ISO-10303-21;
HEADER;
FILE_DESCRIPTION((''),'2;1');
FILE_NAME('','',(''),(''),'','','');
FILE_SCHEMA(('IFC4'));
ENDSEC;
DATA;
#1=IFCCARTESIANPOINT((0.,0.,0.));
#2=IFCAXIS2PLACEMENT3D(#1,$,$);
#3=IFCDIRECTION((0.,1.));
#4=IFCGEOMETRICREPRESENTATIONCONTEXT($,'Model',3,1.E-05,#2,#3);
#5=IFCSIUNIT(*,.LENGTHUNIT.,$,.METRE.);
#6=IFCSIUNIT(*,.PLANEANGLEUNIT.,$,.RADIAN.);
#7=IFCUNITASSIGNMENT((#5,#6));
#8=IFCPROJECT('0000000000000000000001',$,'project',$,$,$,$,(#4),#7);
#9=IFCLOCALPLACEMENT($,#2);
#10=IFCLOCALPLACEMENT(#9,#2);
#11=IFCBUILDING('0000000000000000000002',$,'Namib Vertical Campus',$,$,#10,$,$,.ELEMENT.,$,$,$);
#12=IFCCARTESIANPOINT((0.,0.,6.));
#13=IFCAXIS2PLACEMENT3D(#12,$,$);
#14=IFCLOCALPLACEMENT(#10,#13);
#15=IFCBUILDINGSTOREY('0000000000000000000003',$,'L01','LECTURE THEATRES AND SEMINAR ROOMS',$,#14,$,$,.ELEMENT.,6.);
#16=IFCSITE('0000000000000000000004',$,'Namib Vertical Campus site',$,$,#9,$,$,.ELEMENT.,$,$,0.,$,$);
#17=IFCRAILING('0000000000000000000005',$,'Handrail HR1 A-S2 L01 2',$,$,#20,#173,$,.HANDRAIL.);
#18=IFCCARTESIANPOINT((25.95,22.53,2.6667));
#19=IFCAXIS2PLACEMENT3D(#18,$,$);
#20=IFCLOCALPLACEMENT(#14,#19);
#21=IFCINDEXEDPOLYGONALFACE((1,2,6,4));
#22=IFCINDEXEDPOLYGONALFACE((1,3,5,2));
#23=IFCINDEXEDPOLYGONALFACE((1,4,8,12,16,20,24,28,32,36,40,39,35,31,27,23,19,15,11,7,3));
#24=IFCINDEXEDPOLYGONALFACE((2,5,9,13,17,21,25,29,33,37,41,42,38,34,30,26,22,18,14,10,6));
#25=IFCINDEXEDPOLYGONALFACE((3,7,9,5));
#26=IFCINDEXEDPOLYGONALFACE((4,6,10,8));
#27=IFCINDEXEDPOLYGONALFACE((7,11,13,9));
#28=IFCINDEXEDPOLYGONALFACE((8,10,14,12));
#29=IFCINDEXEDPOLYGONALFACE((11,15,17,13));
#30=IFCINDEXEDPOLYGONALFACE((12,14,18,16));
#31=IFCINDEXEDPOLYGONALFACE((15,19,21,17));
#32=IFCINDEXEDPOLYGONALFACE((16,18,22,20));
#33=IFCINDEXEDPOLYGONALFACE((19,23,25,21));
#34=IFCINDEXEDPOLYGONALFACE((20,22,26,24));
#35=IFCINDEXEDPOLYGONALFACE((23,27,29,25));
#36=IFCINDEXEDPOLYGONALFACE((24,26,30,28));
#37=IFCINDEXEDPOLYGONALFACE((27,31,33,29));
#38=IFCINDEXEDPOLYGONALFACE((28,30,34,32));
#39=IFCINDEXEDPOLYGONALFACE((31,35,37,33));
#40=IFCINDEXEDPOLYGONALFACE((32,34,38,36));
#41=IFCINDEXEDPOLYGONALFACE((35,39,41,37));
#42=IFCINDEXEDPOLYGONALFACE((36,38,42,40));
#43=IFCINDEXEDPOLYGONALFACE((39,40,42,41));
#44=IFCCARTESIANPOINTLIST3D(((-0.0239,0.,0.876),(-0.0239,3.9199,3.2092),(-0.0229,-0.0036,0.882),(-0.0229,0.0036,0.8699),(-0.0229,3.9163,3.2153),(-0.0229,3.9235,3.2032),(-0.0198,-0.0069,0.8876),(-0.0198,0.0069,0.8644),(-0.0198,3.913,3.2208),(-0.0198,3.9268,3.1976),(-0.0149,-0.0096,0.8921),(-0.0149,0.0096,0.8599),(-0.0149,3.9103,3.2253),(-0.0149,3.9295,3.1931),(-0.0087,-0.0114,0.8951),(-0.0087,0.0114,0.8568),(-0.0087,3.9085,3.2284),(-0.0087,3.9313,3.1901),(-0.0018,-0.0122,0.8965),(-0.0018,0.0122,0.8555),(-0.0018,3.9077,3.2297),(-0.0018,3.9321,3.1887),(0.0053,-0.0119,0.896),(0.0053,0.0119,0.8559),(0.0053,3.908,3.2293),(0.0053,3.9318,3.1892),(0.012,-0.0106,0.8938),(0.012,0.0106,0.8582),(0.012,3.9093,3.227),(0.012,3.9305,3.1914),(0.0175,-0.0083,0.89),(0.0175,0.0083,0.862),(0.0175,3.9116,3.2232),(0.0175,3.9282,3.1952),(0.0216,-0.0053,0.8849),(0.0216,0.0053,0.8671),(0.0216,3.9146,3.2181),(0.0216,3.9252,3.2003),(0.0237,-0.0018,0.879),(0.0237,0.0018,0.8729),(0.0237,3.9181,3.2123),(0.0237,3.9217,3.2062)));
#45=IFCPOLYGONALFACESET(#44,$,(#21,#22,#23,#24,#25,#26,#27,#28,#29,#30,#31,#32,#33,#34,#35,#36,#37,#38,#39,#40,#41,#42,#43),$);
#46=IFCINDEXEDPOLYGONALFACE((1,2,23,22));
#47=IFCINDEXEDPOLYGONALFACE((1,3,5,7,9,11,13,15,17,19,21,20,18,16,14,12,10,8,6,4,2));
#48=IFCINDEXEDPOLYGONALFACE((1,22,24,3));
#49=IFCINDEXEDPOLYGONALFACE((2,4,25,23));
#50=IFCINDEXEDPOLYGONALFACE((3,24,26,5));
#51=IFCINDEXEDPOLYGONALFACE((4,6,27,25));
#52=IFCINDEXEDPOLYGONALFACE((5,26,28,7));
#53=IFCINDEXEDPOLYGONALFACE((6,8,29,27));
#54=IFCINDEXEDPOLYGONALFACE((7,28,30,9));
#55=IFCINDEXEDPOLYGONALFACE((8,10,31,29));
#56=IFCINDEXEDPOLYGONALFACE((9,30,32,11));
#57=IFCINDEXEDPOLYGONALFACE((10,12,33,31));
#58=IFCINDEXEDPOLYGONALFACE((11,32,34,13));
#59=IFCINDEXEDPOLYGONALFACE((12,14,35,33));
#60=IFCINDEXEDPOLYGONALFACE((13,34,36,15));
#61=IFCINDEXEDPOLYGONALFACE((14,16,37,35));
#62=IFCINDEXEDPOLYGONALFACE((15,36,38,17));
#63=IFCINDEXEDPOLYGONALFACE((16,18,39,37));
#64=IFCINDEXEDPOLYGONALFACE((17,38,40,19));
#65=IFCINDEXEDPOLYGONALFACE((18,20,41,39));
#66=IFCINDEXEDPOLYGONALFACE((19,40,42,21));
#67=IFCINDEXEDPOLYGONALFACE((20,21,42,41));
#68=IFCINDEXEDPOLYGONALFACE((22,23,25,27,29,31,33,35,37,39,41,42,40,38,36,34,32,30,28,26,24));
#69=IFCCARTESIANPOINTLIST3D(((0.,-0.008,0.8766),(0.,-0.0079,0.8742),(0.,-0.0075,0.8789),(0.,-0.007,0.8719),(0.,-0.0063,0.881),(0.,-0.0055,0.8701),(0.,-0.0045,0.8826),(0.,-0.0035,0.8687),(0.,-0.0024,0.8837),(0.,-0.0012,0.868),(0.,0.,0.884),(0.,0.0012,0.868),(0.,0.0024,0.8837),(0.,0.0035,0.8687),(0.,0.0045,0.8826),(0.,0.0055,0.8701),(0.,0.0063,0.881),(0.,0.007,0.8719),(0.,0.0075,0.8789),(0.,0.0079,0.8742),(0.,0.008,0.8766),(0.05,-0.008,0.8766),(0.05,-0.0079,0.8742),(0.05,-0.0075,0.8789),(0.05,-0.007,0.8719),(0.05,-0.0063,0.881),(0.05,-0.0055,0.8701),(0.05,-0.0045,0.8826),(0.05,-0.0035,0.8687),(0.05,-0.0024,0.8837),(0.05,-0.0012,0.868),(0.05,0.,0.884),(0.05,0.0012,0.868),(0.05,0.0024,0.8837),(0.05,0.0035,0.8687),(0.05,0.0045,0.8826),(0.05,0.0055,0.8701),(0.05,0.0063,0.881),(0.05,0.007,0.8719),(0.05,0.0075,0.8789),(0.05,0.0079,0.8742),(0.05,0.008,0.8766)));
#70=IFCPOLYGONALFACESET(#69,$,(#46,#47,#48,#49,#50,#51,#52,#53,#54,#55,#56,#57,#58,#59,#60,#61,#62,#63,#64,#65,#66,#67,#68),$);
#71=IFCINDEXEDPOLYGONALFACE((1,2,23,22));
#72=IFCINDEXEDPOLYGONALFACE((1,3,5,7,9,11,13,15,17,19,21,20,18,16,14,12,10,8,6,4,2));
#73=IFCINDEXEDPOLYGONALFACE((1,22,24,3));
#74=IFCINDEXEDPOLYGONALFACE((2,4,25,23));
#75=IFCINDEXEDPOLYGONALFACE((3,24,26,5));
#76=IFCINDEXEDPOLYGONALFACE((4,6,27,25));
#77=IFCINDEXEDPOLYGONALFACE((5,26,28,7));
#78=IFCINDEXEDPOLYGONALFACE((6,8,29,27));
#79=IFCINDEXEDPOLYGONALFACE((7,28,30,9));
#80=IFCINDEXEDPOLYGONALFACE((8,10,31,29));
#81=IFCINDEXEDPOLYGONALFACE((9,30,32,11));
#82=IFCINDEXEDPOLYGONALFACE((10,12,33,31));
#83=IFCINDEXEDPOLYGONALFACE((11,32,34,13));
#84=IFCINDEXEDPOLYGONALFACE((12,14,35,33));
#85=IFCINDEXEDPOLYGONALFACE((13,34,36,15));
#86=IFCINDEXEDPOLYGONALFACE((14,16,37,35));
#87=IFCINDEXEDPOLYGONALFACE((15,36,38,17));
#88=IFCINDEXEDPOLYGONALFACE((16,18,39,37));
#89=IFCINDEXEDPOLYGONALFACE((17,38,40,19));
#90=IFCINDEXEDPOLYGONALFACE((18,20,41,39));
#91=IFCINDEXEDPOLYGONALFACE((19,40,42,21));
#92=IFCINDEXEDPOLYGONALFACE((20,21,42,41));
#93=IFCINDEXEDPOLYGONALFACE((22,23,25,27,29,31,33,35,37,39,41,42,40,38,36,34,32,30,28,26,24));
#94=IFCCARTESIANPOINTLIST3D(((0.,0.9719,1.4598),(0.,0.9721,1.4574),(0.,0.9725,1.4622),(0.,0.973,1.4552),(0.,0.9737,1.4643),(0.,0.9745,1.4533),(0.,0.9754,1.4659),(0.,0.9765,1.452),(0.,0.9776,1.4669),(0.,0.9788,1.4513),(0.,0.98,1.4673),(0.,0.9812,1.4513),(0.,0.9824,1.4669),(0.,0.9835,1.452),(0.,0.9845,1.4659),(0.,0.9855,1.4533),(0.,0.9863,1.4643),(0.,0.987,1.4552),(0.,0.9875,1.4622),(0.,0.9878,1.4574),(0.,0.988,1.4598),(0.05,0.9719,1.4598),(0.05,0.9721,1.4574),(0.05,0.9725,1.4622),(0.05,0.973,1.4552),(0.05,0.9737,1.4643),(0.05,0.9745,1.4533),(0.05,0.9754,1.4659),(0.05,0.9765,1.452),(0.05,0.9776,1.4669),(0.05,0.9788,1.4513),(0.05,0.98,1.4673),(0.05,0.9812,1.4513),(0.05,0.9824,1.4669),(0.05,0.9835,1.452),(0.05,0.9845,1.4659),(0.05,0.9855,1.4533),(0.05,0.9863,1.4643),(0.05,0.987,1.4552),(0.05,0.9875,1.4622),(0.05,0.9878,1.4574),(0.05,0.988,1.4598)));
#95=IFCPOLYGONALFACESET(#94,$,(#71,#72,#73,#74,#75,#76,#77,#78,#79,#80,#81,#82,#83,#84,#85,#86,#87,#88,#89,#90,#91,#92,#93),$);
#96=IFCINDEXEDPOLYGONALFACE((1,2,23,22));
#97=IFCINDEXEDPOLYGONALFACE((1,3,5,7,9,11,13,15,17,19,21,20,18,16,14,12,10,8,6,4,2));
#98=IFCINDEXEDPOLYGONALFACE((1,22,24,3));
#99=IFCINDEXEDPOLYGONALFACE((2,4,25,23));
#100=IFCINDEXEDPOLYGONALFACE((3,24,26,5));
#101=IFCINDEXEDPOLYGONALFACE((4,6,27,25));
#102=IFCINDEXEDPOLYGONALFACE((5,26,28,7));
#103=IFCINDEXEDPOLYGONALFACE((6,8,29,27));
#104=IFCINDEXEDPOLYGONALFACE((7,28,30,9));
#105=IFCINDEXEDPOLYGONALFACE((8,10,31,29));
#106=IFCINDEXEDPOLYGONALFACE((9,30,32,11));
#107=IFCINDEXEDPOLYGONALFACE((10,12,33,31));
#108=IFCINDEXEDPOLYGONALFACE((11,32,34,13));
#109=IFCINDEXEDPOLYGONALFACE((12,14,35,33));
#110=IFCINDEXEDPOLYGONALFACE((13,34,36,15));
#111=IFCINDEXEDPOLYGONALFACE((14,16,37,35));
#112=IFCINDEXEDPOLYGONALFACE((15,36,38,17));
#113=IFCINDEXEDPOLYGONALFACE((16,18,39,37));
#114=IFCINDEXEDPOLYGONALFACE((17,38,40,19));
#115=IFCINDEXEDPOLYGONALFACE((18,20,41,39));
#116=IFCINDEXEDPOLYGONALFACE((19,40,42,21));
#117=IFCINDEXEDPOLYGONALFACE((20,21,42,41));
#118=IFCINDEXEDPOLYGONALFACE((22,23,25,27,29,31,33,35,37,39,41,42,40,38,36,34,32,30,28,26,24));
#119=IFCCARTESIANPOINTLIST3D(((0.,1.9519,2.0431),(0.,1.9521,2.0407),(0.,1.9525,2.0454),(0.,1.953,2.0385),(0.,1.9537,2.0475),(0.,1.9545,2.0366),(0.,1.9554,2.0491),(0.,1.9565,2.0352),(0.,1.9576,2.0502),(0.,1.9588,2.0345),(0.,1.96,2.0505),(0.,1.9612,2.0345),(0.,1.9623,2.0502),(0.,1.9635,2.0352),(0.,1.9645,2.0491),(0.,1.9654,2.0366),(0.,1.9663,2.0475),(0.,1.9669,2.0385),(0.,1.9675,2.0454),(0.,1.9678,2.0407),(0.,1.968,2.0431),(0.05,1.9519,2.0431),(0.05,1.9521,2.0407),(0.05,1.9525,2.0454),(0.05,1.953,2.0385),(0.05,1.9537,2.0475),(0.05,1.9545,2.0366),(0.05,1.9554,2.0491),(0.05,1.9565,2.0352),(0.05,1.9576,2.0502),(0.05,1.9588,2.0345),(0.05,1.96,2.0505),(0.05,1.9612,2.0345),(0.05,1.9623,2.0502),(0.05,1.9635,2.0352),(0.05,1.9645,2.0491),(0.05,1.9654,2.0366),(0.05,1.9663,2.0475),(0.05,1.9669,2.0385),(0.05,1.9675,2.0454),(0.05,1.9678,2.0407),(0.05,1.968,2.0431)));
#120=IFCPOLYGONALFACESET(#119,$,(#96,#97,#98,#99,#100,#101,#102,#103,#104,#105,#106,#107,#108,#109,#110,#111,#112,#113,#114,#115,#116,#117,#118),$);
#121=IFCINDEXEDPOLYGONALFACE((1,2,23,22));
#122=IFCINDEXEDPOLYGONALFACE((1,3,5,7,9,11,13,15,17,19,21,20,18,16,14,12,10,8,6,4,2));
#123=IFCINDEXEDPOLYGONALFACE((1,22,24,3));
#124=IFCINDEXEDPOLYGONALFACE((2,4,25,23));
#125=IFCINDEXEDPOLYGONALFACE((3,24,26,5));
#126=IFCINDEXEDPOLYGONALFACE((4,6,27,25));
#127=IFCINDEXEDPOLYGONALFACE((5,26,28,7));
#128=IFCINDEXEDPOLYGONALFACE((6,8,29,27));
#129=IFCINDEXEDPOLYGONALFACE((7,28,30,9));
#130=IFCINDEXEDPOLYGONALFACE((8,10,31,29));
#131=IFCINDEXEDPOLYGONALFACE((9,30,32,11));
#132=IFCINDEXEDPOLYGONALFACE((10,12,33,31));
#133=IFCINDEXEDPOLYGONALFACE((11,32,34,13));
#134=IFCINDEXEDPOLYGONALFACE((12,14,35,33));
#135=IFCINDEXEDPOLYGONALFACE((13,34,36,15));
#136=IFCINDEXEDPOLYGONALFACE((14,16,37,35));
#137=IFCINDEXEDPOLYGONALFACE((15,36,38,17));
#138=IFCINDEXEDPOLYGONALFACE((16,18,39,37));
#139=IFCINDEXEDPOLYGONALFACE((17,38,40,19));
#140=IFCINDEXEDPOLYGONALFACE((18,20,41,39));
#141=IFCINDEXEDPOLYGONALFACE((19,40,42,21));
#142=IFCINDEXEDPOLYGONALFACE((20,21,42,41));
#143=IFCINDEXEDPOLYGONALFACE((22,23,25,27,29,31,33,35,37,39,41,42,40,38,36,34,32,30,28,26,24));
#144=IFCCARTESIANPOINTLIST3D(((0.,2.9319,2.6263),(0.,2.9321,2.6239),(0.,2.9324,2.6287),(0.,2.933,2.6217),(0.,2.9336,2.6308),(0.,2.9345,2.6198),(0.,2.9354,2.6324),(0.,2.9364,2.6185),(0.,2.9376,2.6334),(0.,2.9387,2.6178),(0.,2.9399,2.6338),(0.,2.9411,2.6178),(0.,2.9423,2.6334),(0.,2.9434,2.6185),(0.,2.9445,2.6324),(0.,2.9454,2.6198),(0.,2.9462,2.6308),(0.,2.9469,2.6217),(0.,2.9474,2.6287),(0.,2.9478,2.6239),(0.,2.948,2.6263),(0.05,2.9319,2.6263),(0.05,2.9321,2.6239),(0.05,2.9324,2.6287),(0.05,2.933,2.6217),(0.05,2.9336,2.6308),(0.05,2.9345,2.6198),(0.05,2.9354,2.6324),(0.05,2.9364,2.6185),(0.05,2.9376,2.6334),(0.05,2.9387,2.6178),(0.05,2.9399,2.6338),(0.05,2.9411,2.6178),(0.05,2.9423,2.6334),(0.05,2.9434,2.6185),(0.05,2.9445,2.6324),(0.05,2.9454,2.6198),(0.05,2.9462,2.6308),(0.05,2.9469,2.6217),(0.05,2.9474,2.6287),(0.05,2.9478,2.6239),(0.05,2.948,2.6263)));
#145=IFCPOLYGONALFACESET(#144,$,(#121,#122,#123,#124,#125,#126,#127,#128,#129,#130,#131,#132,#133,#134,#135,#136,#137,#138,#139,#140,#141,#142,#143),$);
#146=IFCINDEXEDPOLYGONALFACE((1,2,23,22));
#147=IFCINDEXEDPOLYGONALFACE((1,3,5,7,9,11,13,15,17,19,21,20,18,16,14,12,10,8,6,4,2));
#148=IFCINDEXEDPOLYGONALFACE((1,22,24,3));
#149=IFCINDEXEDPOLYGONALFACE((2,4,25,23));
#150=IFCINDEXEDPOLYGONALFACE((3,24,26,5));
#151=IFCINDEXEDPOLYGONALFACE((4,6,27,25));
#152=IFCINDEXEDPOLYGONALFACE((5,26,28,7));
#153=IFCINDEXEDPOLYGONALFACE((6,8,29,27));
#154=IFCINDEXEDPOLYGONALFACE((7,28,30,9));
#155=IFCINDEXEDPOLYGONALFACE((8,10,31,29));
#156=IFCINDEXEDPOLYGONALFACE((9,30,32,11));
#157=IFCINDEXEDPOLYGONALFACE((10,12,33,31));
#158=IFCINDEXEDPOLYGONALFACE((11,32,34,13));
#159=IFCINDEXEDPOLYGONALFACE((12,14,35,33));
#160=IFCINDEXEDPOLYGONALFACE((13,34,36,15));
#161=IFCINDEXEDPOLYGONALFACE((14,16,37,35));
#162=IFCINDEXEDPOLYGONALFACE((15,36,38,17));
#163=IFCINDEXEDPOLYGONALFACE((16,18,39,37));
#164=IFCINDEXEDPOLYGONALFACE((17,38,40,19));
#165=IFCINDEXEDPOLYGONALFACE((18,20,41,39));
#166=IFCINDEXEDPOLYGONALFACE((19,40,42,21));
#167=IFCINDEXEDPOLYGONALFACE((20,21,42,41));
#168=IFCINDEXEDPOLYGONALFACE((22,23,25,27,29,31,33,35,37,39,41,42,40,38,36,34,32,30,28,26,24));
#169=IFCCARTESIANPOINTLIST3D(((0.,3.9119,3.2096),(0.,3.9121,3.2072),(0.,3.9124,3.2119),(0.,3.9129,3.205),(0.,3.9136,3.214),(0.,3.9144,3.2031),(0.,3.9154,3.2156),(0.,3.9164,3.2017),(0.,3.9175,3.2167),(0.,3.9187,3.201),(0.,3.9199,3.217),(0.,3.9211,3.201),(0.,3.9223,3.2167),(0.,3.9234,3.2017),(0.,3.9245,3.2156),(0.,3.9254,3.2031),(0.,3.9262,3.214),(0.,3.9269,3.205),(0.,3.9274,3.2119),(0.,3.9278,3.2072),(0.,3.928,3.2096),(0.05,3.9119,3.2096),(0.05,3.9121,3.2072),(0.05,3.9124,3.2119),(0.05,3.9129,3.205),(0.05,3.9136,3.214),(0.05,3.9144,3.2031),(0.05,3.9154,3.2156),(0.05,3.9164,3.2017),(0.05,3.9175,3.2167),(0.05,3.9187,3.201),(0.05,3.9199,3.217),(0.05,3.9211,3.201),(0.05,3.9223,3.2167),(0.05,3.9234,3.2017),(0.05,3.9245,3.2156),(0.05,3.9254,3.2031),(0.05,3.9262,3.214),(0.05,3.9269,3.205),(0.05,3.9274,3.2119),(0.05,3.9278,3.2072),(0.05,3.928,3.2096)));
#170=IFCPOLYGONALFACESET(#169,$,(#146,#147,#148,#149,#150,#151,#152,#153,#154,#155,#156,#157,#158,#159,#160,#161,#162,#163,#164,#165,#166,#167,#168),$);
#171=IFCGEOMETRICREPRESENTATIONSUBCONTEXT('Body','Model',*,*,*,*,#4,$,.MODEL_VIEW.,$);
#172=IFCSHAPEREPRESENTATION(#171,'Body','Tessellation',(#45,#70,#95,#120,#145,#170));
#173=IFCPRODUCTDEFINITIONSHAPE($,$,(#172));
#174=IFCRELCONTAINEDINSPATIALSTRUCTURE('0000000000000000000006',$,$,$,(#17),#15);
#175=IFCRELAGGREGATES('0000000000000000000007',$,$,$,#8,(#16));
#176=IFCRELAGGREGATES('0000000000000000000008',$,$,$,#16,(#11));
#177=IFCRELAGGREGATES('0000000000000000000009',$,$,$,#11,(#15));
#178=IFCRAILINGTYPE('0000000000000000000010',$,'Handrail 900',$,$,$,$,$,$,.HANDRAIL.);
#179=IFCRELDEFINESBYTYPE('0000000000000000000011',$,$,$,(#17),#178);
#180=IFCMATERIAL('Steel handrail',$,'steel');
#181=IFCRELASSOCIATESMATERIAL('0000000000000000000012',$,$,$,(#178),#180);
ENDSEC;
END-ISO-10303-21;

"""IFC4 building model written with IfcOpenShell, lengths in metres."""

from ifc_helpers import new_model, si_unit, direction, frame, origin, origin_2d, place, context, subcontext, project, spatial, circle, extrude, material, type_object, element, save


model = new_model("IFC4")

# Units and contexts
model_context = context("Model", 3, precision=1e-05, world=origin(), true_north=direction((0.0, 1.0)))
body_context = subcontext(model_context, "Body", "Model", "MODEL_VIEW")
ifc_project = project(units=[si_unit("LENGTHUNIT", "METRE"), si_unit("PLANEANGLEUNIT", "RADIAN")], contexts=[model_context])

# Site, building, storey
site_placement = place(None, origin())
site = spatial("IfcSite", under=ifc_project, at=site_placement, Name="Namib Vertical Campus site", CompositionType="ELEMENT", RefElevation=0.0)
building_placement = place(site_placement, origin())
building = spatial("IfcBuilding", under=site, at=building_placement, Name="Namib Vertical Campus", CompositionType="ELEMENT")
storey_placement = place(building_placement, frame((0.0, 0.0, 6.0)))
storey = spatial("IfcBuildingStorey", under=building, at=storey_placement, Name="L01", Description="LECTURE THEATRES AND SEMINAR ROOMS", CompositionType="ELEMENT", Elevation=6.0)

# Railing
ifc_material_1 = material(Name="Steel handrail", Category="steel")
railing_type_1 = type_object("IfcRailingType", Name="Handrail 900", PredefinedType="HANDRAIL", material=ifc_material_1)
railing_1_placement = place(storey_placement, frame((25.95, 22.53, 2.6667)))
element("IfcRailing", 1, at=railing_1_placement, inside=storey, type_object=railing_type_1, Name="Handrail HR1 A-S2 L01 2", PredefinedType="HANDRAIL", context=body_context, shape_type="SweptSolid", body=[
    extrude(circle(Radius=0.0239, at=origin_2d()), frame((0.0, 0.0, 0.876), z_axis=(0.0, 0.859296, 0.511478), x_axis=(-1.0, 0.0, 0.0)), (0.0, 0.0, 1.0), 4.5618),
    extrude(circle(Radius=0.0081, at=origin_2d()), frame((0.0, 0.0, 0.876), z_axis=(1.0, 0.0, 0.0), x_axis=(0.0, 0.0, 1.0)), (0.0, 0.0, 1.0), 0.05),
    extrude(circle(Radius=0.0081, at=origin_2d()), frame((0.0, 0.98, 1.4592), z_axis=(1.0, 0.0, 0.0), x_axis=(0.0, 0.0, 1.0)), (0.0, 0.0, 1.0), 0.05),
    extrude(circle(Radius=0.0081, at=origin_2d()), frame((0.0, 1.96, 2.0425), z_axis=(1.0, 0.0, 0.0), x_axis=(0.0, 0.0, 1.0)), (0.0, 0.0, 1.0), 0.05),
    extrude(circle(Radius=0.0081, at=origin_2d()), frame((0.0, 2.9399, 2.6257), z_axis=(1.0, 0.0, 0.0), x_axis=(0.0, 0.0, 1.0)), (0.0, 0.0, 1.0), 0.05),
    extrude(circle(Radius=0.0081, at=origin_2d()), frame((0.0, 3.9199, 3.209), z_axis=(1.0, 0.0, 0.0), x_axis=(0.0, 0.0, 1.0)), (0.0, 0.0, 1.0), 0.05),
])

save(model, "model.ifc")
